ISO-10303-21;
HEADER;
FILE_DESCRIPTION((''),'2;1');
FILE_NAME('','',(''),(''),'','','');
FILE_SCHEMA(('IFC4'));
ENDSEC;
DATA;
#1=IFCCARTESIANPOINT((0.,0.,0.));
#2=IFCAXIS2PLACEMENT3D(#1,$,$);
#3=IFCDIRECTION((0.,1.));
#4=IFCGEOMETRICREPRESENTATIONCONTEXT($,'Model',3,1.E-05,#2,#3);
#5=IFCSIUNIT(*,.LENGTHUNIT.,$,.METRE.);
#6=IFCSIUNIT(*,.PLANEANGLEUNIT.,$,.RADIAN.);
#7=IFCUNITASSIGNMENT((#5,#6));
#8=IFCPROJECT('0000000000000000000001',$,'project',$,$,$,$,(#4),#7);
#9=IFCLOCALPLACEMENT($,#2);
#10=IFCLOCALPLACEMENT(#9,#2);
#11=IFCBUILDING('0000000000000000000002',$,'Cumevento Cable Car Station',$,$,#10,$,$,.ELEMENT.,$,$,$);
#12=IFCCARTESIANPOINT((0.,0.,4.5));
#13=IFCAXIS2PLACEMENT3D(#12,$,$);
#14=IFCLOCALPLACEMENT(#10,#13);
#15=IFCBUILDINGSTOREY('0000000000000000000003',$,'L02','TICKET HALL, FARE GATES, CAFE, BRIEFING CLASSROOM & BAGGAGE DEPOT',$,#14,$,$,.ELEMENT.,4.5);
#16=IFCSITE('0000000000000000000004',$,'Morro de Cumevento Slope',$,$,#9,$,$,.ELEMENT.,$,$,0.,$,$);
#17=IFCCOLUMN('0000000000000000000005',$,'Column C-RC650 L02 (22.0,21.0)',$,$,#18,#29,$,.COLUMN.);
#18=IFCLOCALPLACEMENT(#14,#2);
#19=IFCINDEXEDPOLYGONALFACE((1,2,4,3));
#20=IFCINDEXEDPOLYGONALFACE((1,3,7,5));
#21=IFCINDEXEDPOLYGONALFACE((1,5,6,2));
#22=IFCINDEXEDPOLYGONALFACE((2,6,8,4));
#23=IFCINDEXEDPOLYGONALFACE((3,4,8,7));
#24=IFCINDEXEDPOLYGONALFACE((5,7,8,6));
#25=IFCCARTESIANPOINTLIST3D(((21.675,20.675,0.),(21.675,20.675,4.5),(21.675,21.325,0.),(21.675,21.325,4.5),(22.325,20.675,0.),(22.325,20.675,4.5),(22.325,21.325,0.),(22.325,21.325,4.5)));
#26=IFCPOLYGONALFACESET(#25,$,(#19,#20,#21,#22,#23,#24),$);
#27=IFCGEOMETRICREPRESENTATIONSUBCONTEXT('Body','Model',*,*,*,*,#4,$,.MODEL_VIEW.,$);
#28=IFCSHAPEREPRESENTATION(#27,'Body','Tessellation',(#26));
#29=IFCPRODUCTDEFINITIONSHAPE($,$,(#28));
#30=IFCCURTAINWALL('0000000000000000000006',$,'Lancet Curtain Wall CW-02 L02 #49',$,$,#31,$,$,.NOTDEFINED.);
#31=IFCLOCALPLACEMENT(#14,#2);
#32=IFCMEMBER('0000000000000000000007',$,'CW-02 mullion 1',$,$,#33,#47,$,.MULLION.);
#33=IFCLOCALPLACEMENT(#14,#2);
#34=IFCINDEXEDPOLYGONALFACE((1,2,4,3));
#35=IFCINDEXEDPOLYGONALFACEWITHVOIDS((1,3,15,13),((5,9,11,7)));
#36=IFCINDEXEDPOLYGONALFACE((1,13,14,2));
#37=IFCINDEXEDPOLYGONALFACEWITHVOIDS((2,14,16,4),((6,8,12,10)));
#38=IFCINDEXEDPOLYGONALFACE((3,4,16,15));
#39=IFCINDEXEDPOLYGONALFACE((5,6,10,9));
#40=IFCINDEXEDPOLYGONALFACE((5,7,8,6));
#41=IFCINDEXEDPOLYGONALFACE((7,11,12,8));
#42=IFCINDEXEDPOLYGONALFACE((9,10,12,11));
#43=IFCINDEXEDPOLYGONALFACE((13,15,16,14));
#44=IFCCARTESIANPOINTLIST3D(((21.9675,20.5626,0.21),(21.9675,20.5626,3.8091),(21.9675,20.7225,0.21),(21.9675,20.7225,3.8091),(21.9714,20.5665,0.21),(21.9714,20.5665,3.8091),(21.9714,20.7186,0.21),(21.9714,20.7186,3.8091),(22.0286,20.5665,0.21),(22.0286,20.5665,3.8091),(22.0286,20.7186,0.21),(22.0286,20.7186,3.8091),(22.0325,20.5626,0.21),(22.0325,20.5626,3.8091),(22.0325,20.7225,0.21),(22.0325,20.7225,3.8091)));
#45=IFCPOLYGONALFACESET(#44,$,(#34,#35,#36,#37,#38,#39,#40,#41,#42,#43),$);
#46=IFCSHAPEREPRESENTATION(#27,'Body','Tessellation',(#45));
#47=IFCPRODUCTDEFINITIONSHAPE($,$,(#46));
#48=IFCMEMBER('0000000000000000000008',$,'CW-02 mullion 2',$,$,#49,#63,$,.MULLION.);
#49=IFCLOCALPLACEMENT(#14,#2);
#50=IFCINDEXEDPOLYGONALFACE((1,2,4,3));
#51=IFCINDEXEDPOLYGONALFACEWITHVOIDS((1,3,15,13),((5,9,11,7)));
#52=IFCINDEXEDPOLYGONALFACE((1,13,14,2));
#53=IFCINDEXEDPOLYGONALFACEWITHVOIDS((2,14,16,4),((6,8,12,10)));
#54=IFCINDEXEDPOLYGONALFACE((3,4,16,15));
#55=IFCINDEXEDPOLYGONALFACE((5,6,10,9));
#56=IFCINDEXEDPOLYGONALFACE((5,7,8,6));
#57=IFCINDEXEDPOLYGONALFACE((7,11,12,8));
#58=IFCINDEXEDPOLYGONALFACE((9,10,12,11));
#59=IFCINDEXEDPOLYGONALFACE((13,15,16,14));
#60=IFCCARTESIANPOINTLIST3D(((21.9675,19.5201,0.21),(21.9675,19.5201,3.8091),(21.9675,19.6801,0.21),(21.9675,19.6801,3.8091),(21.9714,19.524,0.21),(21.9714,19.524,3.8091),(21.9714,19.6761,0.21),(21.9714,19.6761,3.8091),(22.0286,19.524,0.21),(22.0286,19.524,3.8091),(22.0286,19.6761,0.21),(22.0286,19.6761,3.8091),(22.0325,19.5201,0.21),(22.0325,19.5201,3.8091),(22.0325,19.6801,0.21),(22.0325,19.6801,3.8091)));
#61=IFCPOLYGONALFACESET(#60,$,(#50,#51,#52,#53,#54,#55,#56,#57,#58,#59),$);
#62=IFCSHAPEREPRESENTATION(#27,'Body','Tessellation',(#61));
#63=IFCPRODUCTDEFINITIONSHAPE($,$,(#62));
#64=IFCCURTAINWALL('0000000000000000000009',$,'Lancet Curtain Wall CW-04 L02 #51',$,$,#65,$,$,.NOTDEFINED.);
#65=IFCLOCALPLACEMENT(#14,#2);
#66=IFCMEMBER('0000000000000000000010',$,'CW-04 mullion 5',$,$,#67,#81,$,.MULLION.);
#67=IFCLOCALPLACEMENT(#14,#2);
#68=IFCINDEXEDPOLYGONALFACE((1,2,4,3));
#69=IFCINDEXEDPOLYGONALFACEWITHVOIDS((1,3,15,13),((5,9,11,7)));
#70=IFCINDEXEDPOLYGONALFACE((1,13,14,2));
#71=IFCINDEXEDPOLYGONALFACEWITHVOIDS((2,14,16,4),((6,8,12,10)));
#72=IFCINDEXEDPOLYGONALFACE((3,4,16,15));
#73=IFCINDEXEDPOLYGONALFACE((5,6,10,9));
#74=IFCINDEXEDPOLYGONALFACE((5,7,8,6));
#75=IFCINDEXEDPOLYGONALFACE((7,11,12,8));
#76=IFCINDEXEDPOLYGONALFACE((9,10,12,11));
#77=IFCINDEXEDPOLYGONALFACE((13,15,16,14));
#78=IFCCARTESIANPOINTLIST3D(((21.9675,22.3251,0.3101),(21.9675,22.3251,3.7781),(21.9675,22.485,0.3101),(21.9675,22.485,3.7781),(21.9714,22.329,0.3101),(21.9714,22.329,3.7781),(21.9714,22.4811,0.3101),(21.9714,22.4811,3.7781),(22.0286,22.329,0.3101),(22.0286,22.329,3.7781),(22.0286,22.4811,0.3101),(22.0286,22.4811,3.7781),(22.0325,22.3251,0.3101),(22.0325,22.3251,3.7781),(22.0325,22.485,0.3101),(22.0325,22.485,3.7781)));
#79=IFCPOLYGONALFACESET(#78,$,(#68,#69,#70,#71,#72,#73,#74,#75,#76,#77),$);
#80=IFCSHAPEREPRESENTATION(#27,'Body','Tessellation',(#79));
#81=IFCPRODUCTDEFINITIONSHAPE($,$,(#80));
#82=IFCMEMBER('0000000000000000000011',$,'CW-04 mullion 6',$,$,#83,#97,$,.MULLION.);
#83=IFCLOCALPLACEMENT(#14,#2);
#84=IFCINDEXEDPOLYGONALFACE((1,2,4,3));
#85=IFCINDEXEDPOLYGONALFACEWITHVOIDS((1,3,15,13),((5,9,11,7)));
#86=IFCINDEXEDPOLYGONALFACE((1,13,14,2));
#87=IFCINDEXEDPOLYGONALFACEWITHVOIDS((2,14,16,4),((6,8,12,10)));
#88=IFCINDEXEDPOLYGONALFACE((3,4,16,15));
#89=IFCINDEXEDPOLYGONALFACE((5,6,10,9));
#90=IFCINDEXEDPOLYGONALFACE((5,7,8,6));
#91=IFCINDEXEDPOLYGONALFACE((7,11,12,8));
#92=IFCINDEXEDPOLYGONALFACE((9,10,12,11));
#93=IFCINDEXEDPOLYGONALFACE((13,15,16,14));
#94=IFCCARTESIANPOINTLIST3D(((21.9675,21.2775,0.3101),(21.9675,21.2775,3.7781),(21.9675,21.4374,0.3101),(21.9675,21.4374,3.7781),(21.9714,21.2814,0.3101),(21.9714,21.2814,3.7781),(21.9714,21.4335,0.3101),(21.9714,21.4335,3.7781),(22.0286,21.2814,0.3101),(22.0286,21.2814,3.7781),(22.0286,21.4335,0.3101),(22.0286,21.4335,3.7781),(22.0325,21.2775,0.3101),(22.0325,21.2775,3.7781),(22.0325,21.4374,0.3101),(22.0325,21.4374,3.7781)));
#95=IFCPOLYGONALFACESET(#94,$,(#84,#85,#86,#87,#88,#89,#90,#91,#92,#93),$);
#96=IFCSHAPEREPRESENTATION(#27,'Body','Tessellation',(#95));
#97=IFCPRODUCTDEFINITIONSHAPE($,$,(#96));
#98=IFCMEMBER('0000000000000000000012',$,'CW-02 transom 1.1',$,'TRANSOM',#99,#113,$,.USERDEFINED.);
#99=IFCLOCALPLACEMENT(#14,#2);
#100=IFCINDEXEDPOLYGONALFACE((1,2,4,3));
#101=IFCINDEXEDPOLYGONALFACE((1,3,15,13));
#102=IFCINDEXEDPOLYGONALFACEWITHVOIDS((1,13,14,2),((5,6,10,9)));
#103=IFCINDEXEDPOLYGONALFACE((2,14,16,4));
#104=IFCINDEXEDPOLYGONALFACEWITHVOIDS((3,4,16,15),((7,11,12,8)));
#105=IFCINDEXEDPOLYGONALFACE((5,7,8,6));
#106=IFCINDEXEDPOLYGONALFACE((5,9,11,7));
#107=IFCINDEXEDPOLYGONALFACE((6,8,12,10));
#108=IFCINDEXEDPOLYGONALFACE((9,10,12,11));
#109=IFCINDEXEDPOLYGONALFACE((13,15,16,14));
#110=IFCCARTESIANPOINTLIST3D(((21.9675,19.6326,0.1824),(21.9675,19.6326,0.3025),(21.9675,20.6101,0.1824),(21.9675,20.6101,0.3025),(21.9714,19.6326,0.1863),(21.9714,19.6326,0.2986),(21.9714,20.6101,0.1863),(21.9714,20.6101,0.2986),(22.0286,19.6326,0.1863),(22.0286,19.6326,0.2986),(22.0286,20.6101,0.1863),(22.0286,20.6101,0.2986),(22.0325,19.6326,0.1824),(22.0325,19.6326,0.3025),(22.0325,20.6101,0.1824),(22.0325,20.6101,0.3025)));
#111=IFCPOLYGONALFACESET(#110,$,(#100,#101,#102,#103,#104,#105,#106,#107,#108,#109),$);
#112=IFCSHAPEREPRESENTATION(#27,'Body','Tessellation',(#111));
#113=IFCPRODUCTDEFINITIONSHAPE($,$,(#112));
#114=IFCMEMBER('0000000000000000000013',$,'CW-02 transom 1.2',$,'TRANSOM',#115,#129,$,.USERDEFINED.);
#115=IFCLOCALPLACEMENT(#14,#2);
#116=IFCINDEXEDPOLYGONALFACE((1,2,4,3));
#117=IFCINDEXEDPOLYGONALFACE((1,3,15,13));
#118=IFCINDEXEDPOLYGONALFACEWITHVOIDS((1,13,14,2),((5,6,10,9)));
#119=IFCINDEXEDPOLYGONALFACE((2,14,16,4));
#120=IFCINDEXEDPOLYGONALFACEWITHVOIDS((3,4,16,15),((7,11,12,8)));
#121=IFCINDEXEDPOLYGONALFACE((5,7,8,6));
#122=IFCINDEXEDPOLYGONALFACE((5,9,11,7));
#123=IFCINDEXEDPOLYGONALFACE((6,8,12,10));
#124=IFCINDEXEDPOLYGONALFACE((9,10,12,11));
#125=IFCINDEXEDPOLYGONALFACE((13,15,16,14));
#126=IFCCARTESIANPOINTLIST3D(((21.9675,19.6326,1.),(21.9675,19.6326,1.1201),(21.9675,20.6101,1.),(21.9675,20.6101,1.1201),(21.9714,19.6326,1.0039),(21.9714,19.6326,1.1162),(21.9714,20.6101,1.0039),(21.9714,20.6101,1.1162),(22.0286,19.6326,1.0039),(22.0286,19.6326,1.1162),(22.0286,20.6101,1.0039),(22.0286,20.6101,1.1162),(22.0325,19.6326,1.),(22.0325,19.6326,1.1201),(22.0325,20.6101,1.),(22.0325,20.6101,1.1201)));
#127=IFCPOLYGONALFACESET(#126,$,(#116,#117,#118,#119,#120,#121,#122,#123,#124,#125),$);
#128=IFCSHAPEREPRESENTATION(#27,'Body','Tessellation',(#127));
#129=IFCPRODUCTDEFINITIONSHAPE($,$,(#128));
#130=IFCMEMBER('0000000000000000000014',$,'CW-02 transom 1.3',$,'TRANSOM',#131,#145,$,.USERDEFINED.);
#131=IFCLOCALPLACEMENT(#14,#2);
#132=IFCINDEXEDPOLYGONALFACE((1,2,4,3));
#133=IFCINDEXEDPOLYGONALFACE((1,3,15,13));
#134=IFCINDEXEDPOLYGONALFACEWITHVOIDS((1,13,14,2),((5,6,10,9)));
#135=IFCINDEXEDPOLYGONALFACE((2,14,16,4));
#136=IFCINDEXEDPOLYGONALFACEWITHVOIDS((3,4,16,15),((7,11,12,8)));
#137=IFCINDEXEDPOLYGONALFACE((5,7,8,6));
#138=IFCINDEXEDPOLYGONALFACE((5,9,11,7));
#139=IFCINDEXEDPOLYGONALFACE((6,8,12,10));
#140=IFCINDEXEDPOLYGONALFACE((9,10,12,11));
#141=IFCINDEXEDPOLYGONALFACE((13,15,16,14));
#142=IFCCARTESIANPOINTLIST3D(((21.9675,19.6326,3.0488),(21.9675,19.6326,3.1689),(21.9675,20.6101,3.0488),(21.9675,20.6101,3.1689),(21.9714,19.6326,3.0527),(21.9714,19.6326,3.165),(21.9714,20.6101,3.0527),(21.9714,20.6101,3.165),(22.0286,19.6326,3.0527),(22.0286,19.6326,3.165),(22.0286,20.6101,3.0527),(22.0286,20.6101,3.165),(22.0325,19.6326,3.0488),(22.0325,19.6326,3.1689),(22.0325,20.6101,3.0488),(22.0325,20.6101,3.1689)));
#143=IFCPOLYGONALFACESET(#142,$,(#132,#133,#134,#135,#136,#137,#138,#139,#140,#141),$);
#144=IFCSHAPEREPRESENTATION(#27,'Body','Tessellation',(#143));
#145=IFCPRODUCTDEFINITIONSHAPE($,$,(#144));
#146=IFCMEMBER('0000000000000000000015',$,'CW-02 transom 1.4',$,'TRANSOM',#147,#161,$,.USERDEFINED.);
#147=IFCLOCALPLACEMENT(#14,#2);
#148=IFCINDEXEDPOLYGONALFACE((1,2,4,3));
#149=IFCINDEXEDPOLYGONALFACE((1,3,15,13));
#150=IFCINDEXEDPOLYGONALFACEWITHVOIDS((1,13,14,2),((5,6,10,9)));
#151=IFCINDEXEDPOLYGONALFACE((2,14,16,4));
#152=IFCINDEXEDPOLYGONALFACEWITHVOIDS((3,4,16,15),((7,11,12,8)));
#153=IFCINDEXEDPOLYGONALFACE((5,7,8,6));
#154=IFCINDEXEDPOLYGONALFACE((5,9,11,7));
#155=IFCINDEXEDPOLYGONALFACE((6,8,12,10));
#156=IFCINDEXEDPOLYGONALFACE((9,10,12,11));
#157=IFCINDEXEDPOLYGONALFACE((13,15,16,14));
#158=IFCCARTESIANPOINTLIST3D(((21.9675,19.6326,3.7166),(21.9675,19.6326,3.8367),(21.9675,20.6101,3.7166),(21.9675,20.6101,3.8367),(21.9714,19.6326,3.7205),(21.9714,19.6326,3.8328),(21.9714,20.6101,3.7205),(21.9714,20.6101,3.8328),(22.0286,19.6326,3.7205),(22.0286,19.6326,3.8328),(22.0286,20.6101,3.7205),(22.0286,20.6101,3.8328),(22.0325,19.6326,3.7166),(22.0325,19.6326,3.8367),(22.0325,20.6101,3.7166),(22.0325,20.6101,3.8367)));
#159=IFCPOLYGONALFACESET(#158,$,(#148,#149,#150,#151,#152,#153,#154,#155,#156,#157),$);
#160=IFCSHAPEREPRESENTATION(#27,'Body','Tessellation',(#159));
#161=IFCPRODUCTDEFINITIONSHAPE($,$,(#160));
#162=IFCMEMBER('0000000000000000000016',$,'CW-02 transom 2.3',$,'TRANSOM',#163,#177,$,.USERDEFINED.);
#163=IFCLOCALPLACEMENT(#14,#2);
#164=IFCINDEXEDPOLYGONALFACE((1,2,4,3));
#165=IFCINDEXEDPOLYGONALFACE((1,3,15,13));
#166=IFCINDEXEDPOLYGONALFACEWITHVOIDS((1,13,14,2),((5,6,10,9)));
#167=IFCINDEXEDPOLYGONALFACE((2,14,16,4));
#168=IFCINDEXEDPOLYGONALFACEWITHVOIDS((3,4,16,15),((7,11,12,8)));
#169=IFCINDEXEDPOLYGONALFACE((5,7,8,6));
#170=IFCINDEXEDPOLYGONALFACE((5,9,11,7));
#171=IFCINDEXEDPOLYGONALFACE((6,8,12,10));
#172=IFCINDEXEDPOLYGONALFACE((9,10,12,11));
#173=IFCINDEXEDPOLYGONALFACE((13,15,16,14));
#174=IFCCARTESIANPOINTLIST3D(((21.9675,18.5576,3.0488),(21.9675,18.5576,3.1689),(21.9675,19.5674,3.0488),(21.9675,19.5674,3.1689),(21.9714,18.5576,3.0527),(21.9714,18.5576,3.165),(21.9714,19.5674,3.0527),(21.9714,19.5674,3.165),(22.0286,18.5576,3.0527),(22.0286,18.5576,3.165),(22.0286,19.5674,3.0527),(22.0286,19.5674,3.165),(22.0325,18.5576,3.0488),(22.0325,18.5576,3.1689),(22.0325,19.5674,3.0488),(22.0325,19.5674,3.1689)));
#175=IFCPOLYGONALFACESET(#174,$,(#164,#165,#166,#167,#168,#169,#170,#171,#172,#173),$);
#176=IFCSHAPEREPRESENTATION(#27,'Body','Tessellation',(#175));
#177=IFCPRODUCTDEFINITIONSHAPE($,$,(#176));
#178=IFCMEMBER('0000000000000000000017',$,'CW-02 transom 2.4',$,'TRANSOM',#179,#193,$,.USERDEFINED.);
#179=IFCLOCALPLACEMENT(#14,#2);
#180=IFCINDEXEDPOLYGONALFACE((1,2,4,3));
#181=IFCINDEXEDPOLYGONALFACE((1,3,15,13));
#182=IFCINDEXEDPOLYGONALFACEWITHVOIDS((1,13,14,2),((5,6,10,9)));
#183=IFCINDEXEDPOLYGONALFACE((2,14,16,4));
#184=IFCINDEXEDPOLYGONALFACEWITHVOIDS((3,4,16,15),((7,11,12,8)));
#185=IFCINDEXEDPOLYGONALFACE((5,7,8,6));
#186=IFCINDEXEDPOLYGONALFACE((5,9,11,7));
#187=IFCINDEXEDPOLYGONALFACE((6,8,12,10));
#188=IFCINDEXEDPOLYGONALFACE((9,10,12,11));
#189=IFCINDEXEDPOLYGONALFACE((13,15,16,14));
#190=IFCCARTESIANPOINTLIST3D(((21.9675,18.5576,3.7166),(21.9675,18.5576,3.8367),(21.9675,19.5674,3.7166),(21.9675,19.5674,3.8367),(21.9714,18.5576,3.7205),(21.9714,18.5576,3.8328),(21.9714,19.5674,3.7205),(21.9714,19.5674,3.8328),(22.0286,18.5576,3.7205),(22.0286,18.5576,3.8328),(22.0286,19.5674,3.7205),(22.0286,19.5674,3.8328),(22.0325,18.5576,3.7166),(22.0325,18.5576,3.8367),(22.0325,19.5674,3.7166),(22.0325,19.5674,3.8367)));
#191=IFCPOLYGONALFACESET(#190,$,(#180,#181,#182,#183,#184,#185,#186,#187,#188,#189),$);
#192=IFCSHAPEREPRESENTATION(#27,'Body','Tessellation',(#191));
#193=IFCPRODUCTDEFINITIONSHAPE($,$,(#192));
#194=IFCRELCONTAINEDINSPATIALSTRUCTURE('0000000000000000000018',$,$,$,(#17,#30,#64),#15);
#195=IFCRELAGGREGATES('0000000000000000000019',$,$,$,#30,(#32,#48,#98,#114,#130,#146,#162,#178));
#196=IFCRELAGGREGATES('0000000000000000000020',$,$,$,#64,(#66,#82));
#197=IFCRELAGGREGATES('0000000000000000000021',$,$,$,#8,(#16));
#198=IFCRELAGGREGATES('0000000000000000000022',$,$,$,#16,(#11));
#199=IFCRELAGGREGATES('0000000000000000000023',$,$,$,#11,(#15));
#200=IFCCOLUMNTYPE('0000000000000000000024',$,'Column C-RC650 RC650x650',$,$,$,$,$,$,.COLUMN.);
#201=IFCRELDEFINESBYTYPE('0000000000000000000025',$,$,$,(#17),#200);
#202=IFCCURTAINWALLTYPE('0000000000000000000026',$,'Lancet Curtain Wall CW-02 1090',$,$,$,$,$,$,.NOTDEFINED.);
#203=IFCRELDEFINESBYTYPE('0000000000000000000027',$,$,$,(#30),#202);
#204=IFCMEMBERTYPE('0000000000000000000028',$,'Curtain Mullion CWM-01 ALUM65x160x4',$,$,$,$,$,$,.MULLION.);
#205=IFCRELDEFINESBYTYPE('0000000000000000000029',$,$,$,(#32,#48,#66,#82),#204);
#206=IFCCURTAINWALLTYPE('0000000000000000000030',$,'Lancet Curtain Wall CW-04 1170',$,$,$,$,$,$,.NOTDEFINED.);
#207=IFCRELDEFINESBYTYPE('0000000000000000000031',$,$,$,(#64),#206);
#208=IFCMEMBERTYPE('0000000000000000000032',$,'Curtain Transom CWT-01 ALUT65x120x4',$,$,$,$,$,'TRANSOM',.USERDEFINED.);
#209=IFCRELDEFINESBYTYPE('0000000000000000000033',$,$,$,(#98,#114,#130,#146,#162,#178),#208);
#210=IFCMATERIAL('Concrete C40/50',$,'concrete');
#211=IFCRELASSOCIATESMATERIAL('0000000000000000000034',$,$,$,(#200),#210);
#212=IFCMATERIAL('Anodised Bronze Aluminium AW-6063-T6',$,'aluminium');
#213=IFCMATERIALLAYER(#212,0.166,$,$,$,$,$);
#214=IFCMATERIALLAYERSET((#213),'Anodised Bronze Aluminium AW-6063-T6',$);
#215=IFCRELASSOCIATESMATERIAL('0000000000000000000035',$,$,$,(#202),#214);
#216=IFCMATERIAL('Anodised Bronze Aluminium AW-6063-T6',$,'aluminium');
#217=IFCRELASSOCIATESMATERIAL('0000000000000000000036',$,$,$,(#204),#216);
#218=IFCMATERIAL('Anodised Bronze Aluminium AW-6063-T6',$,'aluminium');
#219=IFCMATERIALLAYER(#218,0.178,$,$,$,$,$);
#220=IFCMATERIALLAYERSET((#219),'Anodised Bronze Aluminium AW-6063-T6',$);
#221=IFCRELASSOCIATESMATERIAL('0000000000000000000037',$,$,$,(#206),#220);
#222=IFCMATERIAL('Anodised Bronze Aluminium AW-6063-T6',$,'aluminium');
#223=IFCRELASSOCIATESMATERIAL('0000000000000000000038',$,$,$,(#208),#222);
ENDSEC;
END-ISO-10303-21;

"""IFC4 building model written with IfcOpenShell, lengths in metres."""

from ifc_helpers import new_model, si_unit, direction, frame, origin, origin_2d, place, context, subcontext, project, spatial, rectangle, hollow_rectangle, extrude, material, layer, layer_set, material_profile, profile_set, type_object, element, aggregate, save


model = new_model("IFC4")

# Units and contexts
model_context = context("Model", 3, precision=1e-05, world=origin(), true_north=direction((0.0, 1.0)))
body_context = subcontext(model_context, "Body", "Model", "MODEL_VIEW")
ifc_project = project(units=[si_unit("LENGTHUNIT", "METRE"), si_unit("PLANEANGLEUNIT", "RADIAN")], contexts=[model_context])

# Site, building, storey
site_placement = place(None, origin())
site = spatial("IfcSite", under=ifc_project, at=site_placement, Name="Morro de Cumevento Slope", CompositionType="ELEMENT", RefElevation=0.0)
building_placement = place(site_placement, origin())
building = spatial("IfcBuilding", under=site, at=building_placement, Name="Cumevento Cable Car Station", CompositionType="ELEMENT")
storey_placement = place(building_placement, frame((0.0, 0.0, 4.5)))
storey = spatial("IfcBuildingStorey", under=building, at=storey_placement, Name="L02", Description="TICKET HALL, FARE GATES, CAFE, BRIEFING CLASSROOM & BAGGAGE DEPOT", CompositionType="ELEMENT", Elevation=4.5)

# Column
ifc_material_1 = material(Name="Concrete C40/50", Category="concrete")
ifc_material_profile_1 = material_profile(ifc_material_1, rectangle(XDim=0.6499, YDim=0.6499, at=origin_2d()), Name="RC650x650")
ifc_profile_set_1 = profile_set([ifc_material_profile_1], Name="Concrete C40/50")
column_type = type_object("IfcColumnType", Name="Column C-RC650 RC650x650", PredefinedType="COLUMN", material=ifc_profile_set_1)
column_placement = place(storey_placement, frame((22.0, 21.0, 0.0), z_axis=(0.0, 0.0, 1.0), x_axis=(1.0, 0.0, 0.0)))
element("IfcColumn", 1, at=column_placement, inside=storey, type_object=column_type, Name="Column C-RC650 L02 (22.0,21.0)", PredefinedType="COLUMN", context=body_context, shape_type="SweptSolid", body=[
    extrude(rectangle(XDim=0.6499, YDim=0.6499, at=origin_2d()), origin(), (0.0, 0.0, 1.0), 4.5),
])

# Curtain walls, members
ifc_material_2 = material(Name="Anodised Bronze Aluminium AW-6063-T6", Category="aluminium")
ifc_layer_1 = layer(ifc_material_2, 0.166)
ifc_layer_set_1 = layer_set([ifc_layer_1], Name="Anodised Bronze Aluminium AW-6063-T6")
curtain_wall_type_1 = type_object("IfcCurtainWallType", Name="Lancet Curtain Wall CW-02 1090", PredefinedType="NOTDEFINED", material=ifc_layer_set_1)
curtain_wall_1_placement = place(storey_placement, origin())
curtain_wall_1 = element("IfcCurtainWall", 2, at=curtain_wall_1_placement, inside=storey, type_object=curtain_wall_type_1, Name="Lancet Curtain Wall CW-02 L02 #49", PredefinedType="NOTDEFINED")
ifc_material_3 = material(Name="Anodised Bronze Aluminium AW-6063-T6", Category="aluminium")
ifc_material_profile_2 = material_profile(ifc_material_3, hollow_rectangle(XDim=0.0649, YDim=0.1599, WallThickness=0.0039, at=origin_2d()), Name="ALUM65x160x4")
ifc_profile_set_2 = profile_set([ifc_material_profile_2], Name="Anodised Bronze Aluminium AW-6063-T6")
member_type_1 = type_object("IfcMemberType", Name="Curtain Mullion CWM-01 ALUM65x160x4", PredefinedType="MULLION", material=ifc_profile_set_2)
member_1_placement = place(storey_placement, frame((22.0, 20.6426, 0.21), z_axis=(0.0, 0.0, 1.0), x_axis=(1.0, 0.0, 0.0)))
member_1 = element("IfcMember", 3, at=member_1_placement, type_object=member_type_1, Name="CW-02 mullion 1", PredefinedType="MULLION", context=body_context, shape_type="SweptSolid", body=[
    extrude(hollow_rectangle(XDim=0.0649, YDim=0.1599, WallThickness=0.0039, at=origin_2d()), origin(), (0.0, 0.0, 1.0), 3.5991),
])
member_2_placement = place(storey_placement, frame((22.0, 19.6001, 0.21), z_axis=(0.0, 0.0, 1.0), x_axis=(1.0, 0.0, 0.0)))
member_2 = element("IfcMember", 4, at=member_2_placement, type_object=member_type_1, Name="CW-02 mullion 2", PredefinedType="MULLION", context=body_context, shape_type="SweptSolid", body=[
    extrude(hollow_rectangle(XDim=0.0649, YDim=0.1599, WallThickness=0.0039, at=origin_2d()), origin(), (0.0, 0.0, 1.0), 3.5991),
])
ifc_material_4 = material(Name="Anodised Bronze Aluminium AW-6063-T6", Category="aluminium")
ifc_layer_2 = layer(ifc_material_4, 0.178)
ifc_layer_set_2 = layer_set([ifc_layer_2], Name="Anodised Bronze Aluminium AW-6063-T6")
curtain_wall_type_2 = type_object("IfcCurtainWallType", Name="Lancet Curtain Wall CW-04 1170", PredefinedType="NOTDEFINED", material=ifc_layer_set_2)
curtain_wall_2_placement = place(storey_placement, origin())
curtain_wall_2 = element("IfcCurtainWall", 5, at=curtain_wall_2_placement, inside=storey, type_object=curtain_wall_type_2, Name="Lancet Curtain Wall CW-04 L02 #51", PredefinedType="NOTDEFINED")
member_3_placement = place(storey_placement, frame((22.0, 22.405, 0.3101), z_axis=(0.0, 0.0, 1.0), x_axis=(1.0, 0.0, 0.0)))
member_3 = element("IfcMember", 6, at=member_3_placement, type_object=member_type_1, Name="CW-04 mullion 5", PredefinedType="MULLION", context=body_context, shape_type="SweptSolid", body=[
    extrude(hollow_rectangle(XDim=0.0649, YDim=0.1599, WallThickness=0.0039, at=origin_2d()), origin(), (0.0, 0.0, 1.0), 3.468),
])
member_4_placement = place(storey_placement, frame((22.0, 21.3574, 0.3101), z_axis=(0.0, 0.0, 1.0), x_axis=(1.0, 0.0, 0.0)))
member_4 = element("IfcMember", 7, at=member_4_placement, type_object=member_type_1, Name="CW-04 mullion 6", PredefinedType="MULLION", context=body_context, shape_type="SweptSolid", body=[
    extrude(hollow_rectangle(XDim=0.0649, YDim=0.1599, WallThickness=0.0039, at=origin_2d()), origin(), (0.0, 0.0, 1.0), 3.468),
])

# Members
ifc_material_5 = material(Name="Anodised Bronze Aluminium AW-6063-T6", Category="aluminium")
ifc_material_profile_3 = material_profile(ifc_material_5, hollow_rectangle(XDim=0.0649, YDim=0.1201, WallThickness=0.0039, at=origin_2d()), Name="ALUT65x120x4")
ifc_profile_set_3 = profile_set([ifc_material_profile_3], Name="Anodised Bronze Aluminium AW-6063-T6")
member_type_2 = type_object("IfcMemberType", Name="Curtain Transom CWT-01 ALUT65x120x4", ElementType="TRANSOM", PredefinedType="USERDEFINED", material=ifc_profile_set_3)
member_5_placement = place(storey_placement, frame((22.0, 20.6101, 0.2424), z_axis=(0.0, -1.0, 0.0), x_axis=(1.0, 0.0, 0.0)))
member_5 = element("IfcMember", 8, at=member_5_placement, type_object=member_type_2, Name="CW-02 transom 1.1", ObjectType="TRANSOM", PredefinedType="USERDEFINED", context=body_context, shape_type="SweptSolid", body=[
    extrude(hollow_rectangle(XDim=0.0649, YDim=0.1201, WallThickness=0.0039, at=origin_2d()), origin(), (0.0, 0.0, 1.0), 0.9775),
])
member_6_placement = place(storey_placement, frame((22.0, 20.6101, 1.0601), z_axis=(0.0, -1.0, 0.0), x_axis=(1.0, 0.0, 0.0)))
member_6 = element("IfcMember", 9, at=member_6_placement, type_object=member_type_2, Name="CW-02 transom 1.2", ObjectType="TRANSOM", PredefinedType="USERDEFINED", context=body_context, shape_type="SweptSolid", body=[
    extrude(hollow_rectangle(XDim=0.0649, YDim=0.1201, WallThickness=0.0039, at=origin_2d()), origin(), (0.0, 0.0, 1.0), 0.9775),
])
member_7_placement = place(storey_placement, frame((22.0, 20.6101, 3.1089), z_axis=(0.0, -1.0, 0.0), x_axis=(1.0, 0.0, 0.0)))
member_7 = element("IfcMember", 10, at=member_7_placement, type_object=member_type_2, Name="CW-02 transom 1.3", ObjectType="TRANSOM", PredefinedType="USERDEFINED", context=body_context, shape_type="SweptSolid", body=[
    extrude(hollow_rectangle(XDim=0.0649, YDim=0.1201, WallThickness=0.0039, at=origin_2d()), origin(), (0.0, 0.0, 1.0), 0.9775),
])
member_8_placement = place(storey_placement, frame((22.0, 20.6101, 3.7766), z_axis=(0.0, -1.0, 0.0), x_axis=(1.0, 0.0, 0.0)))
member_8 = element("IfcMember", 11, at=member_8_placement, type_object=member_type_2, Name="CW-02 transom 1.4", ObjectType="TRANSOM", PredefinedType="USERDEFINED", context=body_context, shape_type="SweptSolid", body=[
    extrude(hollow_rectangle(XDim=0.0649, YDim=0.1201, WallThickness=0.0039, at=origin_2d()), origin(), (0.0, 0.0, 1.0), 0.9775),
])
member_9_placement = place(storey_placement, frame((22.0, 19.5674, 3.1089), z_axis=(0.0, -1.0, 0.0), x_axis=(1.0, 0.0, 0.0)))
member_9 = element("IfcMember", 12, at=member_9_placement, type_object=member_type_2, Name="CW-02 transom 2.3", ObjectType="TRANSOM", PredefinedType="USERDEFINED", context=body_context, shape_type="SweptSolid", body=[
    extrude(hollow_rectangle(XDim=0.0649, YDim=0.1201, WallThickness=0.0039, at=origin_2d()), origin(), (0.0, 0.0, 1.0), 1.0098),
])
member_10_placement = place(storey_placement, frame((22.0, 19.5674, 3.7766), z_axis=(0.0, -1.0, 0.0), x_axis=(1.0, 0.0, 0.0)))
member_10 = element("IfcMember", 13, at=member_10_placement, type_object=member_type_2, Name="CW-02 transom 2.4", ObjectType="TRANSOM", PredefinedType="USERDEFINED", context=body_context, shape_type="SweptSolid", body=[
    extrude(hollow_rectangle(XDim=0.0649, YDim=0.1201, WallThickness=0.0039, at=origin_2d()), origin(), (0.0, 0.0, 1.0), 1.0098),
])

aggregate(curtain_wall_1, [member_1, member_2, member_5, member_6, member_7, member_8, member_9, member_10])
aggregate(curtain_wall_2, [member_3, member_4])

save(model, "model.ifc")
